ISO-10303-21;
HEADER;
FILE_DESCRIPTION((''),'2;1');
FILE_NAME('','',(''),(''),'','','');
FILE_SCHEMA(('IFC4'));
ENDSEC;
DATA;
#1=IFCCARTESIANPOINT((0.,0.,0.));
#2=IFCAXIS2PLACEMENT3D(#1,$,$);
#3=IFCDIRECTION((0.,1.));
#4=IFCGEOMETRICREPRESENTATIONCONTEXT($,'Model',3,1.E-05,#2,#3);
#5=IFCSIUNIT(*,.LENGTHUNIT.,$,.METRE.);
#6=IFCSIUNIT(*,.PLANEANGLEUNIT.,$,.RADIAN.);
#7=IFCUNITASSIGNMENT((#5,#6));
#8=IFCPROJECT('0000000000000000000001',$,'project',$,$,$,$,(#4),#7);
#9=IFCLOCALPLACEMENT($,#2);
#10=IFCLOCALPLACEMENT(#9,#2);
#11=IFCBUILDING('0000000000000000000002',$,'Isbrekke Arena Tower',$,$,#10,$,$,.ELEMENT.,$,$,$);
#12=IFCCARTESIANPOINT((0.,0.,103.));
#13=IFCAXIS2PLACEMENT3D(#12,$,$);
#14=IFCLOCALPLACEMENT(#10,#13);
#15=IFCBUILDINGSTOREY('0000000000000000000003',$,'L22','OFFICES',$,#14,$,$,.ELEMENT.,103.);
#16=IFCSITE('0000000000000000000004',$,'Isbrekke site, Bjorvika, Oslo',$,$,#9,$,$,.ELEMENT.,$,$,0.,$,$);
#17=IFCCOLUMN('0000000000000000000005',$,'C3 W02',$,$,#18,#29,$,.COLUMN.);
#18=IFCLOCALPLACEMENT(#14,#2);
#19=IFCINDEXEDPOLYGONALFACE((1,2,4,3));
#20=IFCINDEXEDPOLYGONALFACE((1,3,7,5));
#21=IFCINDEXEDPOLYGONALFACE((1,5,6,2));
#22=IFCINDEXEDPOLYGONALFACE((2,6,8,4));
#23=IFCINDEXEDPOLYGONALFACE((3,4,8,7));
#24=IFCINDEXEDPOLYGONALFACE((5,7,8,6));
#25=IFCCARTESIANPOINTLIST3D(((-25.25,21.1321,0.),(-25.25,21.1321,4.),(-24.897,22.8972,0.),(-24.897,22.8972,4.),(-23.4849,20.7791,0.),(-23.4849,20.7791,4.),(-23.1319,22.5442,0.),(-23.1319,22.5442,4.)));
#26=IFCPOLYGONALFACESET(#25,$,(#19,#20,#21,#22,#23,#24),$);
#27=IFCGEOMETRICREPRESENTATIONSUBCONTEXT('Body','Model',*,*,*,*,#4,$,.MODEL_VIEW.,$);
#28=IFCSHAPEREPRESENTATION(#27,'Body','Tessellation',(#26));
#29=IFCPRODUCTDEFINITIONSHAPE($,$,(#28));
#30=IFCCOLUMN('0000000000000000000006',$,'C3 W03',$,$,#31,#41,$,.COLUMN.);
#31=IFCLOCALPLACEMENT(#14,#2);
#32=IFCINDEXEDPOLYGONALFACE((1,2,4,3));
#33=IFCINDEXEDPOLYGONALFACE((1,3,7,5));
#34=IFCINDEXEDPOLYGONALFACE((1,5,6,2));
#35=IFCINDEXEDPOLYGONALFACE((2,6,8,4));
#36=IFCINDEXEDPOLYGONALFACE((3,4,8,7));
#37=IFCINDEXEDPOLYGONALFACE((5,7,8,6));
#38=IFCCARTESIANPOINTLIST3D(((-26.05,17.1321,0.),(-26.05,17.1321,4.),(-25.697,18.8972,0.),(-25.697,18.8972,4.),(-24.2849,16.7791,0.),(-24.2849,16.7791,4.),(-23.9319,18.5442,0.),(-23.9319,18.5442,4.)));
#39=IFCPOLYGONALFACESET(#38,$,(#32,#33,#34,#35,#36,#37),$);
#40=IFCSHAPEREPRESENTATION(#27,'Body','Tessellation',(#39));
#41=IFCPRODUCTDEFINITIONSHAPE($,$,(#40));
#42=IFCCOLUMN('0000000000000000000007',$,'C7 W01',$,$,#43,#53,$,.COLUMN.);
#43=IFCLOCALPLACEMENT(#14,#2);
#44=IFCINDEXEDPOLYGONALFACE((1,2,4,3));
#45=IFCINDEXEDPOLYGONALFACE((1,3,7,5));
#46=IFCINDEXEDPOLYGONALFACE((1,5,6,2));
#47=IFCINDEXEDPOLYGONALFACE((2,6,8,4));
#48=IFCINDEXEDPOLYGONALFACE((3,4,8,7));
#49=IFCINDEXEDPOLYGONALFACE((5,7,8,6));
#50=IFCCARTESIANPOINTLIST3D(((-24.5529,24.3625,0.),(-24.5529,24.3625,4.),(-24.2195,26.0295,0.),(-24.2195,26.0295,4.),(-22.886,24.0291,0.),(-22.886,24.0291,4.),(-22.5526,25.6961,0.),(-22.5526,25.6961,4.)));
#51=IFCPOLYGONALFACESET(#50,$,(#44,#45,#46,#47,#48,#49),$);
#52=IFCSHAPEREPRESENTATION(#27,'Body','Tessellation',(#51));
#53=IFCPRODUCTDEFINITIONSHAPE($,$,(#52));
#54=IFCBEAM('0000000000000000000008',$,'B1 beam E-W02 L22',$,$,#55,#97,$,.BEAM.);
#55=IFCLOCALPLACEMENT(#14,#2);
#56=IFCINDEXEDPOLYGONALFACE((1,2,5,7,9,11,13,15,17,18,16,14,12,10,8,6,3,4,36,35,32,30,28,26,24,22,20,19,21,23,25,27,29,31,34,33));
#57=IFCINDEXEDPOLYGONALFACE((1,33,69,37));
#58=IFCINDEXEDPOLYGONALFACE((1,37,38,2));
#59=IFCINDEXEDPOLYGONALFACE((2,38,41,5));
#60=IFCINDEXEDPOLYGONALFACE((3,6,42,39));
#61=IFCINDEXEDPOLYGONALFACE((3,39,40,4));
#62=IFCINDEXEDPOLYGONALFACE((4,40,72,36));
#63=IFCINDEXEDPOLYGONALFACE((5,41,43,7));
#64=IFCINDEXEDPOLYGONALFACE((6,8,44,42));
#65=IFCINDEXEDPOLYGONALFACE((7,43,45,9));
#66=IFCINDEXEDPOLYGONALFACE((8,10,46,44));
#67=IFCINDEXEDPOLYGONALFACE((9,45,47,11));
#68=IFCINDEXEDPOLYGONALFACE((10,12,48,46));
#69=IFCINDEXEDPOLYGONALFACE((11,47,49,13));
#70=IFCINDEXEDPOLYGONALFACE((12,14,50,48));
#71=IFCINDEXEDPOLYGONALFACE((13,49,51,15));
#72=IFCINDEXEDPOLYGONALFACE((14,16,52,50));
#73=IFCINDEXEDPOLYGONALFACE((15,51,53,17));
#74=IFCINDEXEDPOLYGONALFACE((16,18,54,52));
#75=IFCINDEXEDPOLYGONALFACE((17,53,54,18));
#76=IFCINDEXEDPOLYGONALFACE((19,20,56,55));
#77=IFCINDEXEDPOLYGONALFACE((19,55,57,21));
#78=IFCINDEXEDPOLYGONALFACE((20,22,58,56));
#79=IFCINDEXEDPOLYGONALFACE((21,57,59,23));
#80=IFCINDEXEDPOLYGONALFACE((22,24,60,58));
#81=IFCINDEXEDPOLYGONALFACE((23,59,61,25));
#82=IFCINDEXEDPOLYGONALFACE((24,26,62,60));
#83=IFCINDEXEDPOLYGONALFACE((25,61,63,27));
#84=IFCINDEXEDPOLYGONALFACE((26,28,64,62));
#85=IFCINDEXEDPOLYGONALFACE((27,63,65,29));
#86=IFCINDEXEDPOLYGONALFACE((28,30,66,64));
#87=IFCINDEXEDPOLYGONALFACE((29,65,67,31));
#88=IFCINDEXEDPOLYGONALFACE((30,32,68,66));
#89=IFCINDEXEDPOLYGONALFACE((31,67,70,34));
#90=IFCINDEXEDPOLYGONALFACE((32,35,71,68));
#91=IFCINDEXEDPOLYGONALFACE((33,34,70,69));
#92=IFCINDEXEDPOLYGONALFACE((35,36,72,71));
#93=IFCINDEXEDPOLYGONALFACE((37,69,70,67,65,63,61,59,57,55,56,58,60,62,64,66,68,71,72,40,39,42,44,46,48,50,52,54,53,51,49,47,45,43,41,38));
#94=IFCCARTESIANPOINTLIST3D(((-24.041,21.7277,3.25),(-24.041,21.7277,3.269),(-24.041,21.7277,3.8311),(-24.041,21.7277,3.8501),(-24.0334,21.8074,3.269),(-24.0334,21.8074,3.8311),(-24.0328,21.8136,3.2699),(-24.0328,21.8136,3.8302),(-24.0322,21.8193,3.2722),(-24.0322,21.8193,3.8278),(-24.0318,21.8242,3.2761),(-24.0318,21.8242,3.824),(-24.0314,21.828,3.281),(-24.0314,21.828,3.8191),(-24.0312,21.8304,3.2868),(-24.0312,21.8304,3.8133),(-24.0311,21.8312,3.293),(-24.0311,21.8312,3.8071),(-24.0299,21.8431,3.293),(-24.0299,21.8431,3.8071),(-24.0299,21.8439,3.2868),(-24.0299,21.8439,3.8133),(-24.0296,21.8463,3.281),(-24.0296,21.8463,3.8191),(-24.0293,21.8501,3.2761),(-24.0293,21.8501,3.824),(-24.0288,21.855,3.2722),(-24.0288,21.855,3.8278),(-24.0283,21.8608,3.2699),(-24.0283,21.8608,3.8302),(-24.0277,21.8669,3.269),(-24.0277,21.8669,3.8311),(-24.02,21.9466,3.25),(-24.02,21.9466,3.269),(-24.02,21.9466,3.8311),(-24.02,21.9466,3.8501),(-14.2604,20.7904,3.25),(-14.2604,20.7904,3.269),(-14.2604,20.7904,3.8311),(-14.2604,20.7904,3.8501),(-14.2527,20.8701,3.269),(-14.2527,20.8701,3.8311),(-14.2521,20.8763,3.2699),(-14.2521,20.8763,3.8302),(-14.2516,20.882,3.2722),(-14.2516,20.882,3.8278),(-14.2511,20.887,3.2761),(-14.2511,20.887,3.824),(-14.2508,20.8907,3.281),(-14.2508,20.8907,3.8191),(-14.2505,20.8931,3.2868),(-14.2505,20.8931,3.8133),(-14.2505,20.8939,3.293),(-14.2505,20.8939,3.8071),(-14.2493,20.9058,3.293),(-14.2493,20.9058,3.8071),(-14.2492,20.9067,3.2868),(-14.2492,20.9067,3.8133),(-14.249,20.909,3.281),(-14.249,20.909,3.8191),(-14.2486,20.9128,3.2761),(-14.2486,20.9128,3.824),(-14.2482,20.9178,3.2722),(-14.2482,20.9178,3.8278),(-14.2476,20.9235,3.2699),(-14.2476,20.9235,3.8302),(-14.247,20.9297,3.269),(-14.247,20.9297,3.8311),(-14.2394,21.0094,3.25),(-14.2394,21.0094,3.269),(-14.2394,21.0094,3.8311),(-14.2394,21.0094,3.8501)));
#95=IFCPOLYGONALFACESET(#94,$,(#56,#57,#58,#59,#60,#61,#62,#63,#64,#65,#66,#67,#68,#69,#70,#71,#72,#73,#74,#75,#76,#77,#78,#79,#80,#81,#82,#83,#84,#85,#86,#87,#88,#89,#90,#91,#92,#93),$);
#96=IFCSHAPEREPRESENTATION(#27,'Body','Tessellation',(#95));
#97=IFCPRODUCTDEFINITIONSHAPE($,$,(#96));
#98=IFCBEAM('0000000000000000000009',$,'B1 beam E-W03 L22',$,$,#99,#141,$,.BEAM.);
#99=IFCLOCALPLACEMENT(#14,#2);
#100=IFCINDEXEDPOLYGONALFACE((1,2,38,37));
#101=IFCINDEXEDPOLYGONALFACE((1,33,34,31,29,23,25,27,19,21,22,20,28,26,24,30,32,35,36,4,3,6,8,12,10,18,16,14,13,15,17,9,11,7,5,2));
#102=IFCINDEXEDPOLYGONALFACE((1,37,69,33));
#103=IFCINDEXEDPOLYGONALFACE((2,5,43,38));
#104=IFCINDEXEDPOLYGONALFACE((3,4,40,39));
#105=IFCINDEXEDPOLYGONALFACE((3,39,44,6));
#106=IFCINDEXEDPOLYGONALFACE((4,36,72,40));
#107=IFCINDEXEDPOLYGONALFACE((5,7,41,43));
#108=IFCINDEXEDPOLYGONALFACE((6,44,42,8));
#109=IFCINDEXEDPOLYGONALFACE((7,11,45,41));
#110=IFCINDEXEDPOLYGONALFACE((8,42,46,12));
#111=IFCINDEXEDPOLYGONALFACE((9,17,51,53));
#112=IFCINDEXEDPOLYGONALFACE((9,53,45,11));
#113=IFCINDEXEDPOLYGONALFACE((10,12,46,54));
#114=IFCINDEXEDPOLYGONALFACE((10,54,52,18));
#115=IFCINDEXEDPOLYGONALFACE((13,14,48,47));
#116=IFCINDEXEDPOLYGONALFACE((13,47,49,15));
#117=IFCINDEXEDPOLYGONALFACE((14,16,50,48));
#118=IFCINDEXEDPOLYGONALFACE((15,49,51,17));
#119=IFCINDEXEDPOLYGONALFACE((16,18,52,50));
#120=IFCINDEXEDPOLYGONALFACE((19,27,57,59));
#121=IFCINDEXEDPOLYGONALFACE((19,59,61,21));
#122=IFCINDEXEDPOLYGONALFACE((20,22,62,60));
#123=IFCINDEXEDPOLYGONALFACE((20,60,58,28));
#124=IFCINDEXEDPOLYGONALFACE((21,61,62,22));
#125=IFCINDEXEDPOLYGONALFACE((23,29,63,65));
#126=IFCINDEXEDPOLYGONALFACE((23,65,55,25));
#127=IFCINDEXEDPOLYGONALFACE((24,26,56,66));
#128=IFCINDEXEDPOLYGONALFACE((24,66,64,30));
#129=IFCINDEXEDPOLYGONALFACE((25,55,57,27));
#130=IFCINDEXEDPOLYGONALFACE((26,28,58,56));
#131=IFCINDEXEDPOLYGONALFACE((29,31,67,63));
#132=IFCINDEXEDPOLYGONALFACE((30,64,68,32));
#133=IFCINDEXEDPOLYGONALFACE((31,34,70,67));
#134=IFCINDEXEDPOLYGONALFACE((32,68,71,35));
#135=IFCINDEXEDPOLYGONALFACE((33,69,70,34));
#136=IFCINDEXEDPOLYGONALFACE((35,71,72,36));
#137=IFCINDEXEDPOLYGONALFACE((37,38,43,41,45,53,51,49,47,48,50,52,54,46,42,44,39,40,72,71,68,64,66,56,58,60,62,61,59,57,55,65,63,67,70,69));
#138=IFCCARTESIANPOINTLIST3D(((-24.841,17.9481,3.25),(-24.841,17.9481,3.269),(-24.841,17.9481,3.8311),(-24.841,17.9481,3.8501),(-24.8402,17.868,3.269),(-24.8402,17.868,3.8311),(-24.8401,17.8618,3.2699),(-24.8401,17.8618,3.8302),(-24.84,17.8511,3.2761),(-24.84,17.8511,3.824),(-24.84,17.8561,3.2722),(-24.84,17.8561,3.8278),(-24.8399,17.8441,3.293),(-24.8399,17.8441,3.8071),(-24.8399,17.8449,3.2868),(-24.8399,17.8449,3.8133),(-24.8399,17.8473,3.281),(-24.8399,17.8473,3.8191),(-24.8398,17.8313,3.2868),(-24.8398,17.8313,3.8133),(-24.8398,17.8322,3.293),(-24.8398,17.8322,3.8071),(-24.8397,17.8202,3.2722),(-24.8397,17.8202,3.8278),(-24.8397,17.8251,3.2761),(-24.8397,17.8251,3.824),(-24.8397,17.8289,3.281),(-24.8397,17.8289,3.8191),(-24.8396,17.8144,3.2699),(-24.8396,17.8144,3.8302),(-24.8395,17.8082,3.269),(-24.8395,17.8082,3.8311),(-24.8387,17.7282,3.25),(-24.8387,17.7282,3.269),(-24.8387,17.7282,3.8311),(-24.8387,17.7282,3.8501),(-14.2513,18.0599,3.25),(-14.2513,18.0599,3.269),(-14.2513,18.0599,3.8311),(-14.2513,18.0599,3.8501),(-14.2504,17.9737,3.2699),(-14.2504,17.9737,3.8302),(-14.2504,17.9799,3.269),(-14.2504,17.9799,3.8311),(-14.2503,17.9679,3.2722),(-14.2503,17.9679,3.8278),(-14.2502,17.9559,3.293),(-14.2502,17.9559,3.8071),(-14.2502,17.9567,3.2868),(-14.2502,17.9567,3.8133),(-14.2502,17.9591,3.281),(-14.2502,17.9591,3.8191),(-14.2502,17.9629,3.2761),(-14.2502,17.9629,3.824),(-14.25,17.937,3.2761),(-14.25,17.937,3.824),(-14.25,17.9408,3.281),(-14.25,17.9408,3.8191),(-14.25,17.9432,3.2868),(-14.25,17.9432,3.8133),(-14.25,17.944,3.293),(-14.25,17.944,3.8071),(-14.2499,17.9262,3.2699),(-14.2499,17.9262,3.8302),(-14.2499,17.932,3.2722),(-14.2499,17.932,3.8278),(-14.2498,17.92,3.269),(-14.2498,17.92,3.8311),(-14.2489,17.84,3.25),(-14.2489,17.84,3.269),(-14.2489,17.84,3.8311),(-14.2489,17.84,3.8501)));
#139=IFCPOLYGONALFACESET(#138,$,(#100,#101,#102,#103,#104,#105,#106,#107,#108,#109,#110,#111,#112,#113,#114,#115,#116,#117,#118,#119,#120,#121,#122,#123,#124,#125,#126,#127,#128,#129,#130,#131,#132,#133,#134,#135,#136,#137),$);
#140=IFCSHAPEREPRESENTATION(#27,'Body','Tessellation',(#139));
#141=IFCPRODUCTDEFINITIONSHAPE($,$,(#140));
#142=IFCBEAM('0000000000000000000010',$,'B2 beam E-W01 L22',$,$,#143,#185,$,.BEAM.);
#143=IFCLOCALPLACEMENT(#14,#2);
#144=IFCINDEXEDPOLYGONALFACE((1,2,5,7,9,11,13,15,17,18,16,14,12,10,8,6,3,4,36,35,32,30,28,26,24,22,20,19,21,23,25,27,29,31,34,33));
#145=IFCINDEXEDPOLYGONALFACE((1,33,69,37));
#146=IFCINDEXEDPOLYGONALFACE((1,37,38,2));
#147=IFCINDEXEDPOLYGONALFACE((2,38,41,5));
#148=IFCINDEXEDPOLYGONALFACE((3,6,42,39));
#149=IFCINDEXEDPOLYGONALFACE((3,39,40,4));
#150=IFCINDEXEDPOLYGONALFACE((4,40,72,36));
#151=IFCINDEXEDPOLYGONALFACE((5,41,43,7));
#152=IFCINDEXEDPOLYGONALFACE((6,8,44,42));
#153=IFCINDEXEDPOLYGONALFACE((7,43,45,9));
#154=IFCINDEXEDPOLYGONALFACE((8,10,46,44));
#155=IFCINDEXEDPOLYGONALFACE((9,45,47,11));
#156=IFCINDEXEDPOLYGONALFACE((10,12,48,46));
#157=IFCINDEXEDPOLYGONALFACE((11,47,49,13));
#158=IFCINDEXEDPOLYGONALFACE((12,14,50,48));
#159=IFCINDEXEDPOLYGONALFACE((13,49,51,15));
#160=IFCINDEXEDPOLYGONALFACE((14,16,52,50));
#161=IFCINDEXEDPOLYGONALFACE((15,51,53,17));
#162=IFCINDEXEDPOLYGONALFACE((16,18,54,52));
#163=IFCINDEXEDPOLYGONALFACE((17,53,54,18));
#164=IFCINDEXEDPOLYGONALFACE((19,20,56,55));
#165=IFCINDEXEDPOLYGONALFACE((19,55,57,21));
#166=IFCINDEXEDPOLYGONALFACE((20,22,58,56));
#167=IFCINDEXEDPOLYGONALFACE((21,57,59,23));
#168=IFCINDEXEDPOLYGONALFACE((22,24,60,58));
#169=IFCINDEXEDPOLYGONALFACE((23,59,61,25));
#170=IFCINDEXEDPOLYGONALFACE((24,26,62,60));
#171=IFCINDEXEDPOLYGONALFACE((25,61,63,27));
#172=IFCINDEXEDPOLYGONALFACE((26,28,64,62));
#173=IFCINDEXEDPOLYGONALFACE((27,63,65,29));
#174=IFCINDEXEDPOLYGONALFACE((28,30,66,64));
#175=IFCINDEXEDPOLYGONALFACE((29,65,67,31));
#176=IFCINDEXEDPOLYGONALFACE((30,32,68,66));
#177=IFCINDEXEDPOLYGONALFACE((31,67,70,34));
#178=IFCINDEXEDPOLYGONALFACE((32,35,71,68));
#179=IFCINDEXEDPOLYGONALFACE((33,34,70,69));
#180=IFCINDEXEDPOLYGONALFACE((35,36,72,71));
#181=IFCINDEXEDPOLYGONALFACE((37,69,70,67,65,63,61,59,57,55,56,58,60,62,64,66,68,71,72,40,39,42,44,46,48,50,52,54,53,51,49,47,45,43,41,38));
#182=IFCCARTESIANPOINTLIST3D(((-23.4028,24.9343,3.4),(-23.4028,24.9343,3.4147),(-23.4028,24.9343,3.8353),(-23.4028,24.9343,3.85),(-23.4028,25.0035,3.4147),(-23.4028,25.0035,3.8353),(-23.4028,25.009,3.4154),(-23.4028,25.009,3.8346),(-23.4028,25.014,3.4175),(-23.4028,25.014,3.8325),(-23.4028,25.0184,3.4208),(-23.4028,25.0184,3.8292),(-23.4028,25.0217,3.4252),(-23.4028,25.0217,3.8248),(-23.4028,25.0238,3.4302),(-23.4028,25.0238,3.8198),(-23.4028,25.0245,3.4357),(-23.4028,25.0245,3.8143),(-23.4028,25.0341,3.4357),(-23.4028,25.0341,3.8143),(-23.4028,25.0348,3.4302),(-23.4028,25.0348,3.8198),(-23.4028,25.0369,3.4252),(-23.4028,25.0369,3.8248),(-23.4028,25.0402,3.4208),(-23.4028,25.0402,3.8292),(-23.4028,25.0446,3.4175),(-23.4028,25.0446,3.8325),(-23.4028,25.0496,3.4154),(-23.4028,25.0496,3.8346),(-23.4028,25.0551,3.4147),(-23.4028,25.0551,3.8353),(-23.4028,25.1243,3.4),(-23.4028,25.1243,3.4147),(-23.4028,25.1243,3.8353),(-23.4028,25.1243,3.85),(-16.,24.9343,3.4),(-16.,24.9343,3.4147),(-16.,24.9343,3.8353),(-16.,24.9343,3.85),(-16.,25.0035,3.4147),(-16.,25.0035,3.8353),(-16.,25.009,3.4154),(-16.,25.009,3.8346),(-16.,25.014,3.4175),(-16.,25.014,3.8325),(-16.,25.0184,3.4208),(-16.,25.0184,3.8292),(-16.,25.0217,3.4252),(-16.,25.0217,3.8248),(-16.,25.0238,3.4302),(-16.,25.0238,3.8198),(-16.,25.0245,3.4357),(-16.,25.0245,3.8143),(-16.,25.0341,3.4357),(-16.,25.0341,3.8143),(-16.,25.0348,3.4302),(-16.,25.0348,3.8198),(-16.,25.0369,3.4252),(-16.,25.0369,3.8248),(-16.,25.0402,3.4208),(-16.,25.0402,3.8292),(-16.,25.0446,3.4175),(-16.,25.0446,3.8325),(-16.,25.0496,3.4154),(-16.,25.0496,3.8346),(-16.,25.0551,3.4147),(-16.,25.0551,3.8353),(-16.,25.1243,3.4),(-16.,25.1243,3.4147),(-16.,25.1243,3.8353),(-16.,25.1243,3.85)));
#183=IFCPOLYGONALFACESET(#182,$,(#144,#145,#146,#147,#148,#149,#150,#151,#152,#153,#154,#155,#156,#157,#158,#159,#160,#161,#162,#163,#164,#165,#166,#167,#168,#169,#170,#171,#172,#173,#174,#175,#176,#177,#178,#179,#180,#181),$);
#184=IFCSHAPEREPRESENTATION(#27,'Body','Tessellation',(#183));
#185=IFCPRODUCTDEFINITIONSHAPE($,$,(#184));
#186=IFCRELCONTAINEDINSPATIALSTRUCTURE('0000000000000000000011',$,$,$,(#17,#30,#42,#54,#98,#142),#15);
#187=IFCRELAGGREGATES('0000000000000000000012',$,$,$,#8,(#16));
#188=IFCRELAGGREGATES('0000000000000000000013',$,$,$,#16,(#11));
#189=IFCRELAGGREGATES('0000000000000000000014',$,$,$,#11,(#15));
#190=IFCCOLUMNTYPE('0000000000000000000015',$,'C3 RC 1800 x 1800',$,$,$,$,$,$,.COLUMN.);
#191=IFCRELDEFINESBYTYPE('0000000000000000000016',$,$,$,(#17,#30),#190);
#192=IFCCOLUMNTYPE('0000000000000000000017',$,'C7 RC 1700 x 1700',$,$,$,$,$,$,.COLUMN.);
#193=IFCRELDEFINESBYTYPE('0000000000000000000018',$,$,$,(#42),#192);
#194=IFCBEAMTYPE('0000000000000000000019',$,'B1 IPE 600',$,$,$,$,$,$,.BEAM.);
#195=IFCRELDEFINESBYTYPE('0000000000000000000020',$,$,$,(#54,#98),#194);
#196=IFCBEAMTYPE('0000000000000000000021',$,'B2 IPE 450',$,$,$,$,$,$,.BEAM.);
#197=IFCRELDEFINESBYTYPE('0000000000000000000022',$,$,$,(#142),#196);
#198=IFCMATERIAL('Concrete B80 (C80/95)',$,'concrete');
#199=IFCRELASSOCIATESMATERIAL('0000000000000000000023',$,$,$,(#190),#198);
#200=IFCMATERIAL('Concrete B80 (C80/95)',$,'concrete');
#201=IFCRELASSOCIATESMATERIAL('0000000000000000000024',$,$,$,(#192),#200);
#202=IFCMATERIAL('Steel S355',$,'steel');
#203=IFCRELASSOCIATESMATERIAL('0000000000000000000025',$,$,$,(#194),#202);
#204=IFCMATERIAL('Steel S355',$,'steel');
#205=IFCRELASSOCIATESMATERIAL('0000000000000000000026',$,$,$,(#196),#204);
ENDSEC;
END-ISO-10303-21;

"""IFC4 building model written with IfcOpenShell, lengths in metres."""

from ifc_helpers import new_model, si_unit, direction, frame, origin, origin_2d, place, context, subcontext, project, spatial, rectangle, i_section, extrude, material, material_profile, profile_set, type_object, element, save


model = new_model("IFC4")

# Units and contexts
model_context = context("Model", 3, precision=1e-05, world=origin(), true_north=direction((0.0, 1.0)))
body_context = subcontext(model_context, "Body", "Model", "MODEL_VIEW")
ifc_project = project(units=[si_unit("LENGTHUNIT", "METRE"), si_unit("PLANEANGLEUNIT", "RADIAN")], contexts=[model_context])

# Site, building, storey
site_placement = place(None, origin())
site = spatial("IfcSite", under=ifc_project, at=site_placement, Name="Isbrekke site, Bjorvika, Oslo", CompositionType="ELEMENT", RefElevation=0.0)
building_placement = place(site_placement, origin())
building = spatial("IfcBuilding", under=site, at=building_placement, Name="Isbrekke Arena Tower", CompositionType="ELEMENT")
storey_placement = place(building_placement, frame((0.0, 0.0, 103.0)))
storey = spatial("IfcBuildingStorey", under=building, at=storey_placement, Name="L22", Description="OFFICES", CompositionType="ELEMENT", Elevation=103.0)

# Columns
ifc_material_1 = material(Name="Concrete B80 (C80/95)", Category="concrete")
ifc_material_profile_1 = material_profile(ifc_material_1, rectangle(XDim=1.8, YDim=1.8, at=origin_2d()), Name="RC 1800x1800")
ifc_profile_set_1 = profile_set([ifc_material_profile_1], Name="Concrete B80 (C80/95)")
column_type_1 = type_object("IfcColumnType", Name="C3 RC 1800 x 1800", PredefinedType="COLUMN", material=ifc_profile_set_1)
for number, where, z_axis, x_axis, name in (
    (1, (-24.1909, 21.8381, 0.0), (0.0, 0.0, 1.0), (-0.196116, -0.980581, 0.0), "C3 W02"),
    (2, (-24.991, 17.8381, 0.0), (0.0, 0.0, 1.0), (-0.196116, -0.980581, 0.0), "C3 W03"),
):
    element("IfcColumn", number, at=place(storey_placement, frame(where, z_axis=z_axis, x_axis=x_axis)), inside=storey, type_object=column_type_1, Name=name, PredefinedType="COLUMN", context=body_context, shape_type="SweptSolid", body=[
        extrude(rectangle(XDim=1.8, YDim=1.8, at=origin_2d()), origin(), (0.0, 0.0, 1.0), 4.0),
    ])
ifc_material_2 = material(Name="Concrete B80 (C80/95)", Category="concrete")
ifc_material_profile_2 = material_profile(ifc_material_2, rectangle(XDim=1.7, YDim=1.7, at=origin_2d()), Name="RC 1700x1700")
ifc_profile_set_2 = profile_set([ifc_material_profile_2], Name="Concrete B80 (C80/95)")
column_type_2 = type_object("IfcColumnType", Name="C7 RC 1700 x 1700", PredefinedType="COLUMN", material=ifc_profile_set_2)
column_placement = place(storey_placement, frame((-23.5527, 25.0293, 0.0), z_axis=(0.0, 0.0, 1.0), x_axis=(-0.196116, -0.980581, 0.0)))
element("IfcColumn", 3, at=column_placement, inside=storey, type_object=column_type_2, Name="C7 W01", PredefinedType="COLUMN", context=body_context, shape_type="SweptSolid", body=[
    extrude(rectangle(XDim=1.7, YDim=1.7, at=origin_2d()), origin(), (0.0, 0.0, 1.0), 4.0),
])

# Beams
ifc_material_3 = material(Name="Steel S355", Category="steel")
ifc_material_profile_3 = material_profile(ifc_material_3, i_section(OverallWidth=0.22, OverallDepth=0.6001, WebThickness=0.012, FlangeThickness=0.019, FilletRadius=0.0239, at=origin_2d()), Name="IPE 600")
ifc_profile_set_3 = profile_set([ifc_material_profile_3], Name="Steel S355")
beam_type_1 = type_object("IfcBeamType", Name="B1 IPE 600", PredefinedType="BEAM", material=ifc_profile_set_3)
beam_1_placement = place(storey_placement, frame((-24.0305, 21.8372, 3.55), z_axis=(0.99544, -0.095392, 0.0), x_axis=(0.095392, 0.99544, 0.0)))
element("IfcBeam", 4, at=beam_1_placement, inside=storey, type_object=beam_type_1, Name="B1 beam E-W02 L22", PredefinedType="BEAM", context=body_context, shape_type="SweptSolid", body=[
    extrude(i_section(OverallWidth=0.22, OverallDepth=0.6001, WebThickness=0.012, FlangeThickness=0.019, FilletRadius=0.0239, at=origin_2d()), origin(), (0.0, 0.0, 1.0), 9.8254),
])
beam_2_placement = place(storey_placement, frame((-24.8398, 17.8381, 3.55), z_axis=(0.999944, 0.010558, 0.0), x_axis=(-0.010558, 0.999944, 0.0)))
element("IfcBeam", 5, at=beam_2_placement, inside=storey, type_object=beam_type_1, Name="B1 beam E-W03 L22", PredefinedType="BEAM", context=body_context, shape_type="SweptSolid", body=[
    extrude(i_section(OverallWidth=0.22, OverallDepth=0.6001, WebThickness=0.012, FlangeThickness=0.019, FilletRadius=0.0239, at=origin_2d()), origin(), (0.0, 0.0, 1.0), 10.5903),
])
ifc_material_4 = material(Name="Steel S355", Category="steel")
ifc_material_profile_4 = material_profile(ifc_material_4, i_section(OverallWidth=0.1899, OverallDepth=0.45, WebThickness=0.0095, FlangeThickness=0.0146, FilletRadius=0.021, at=origin_2d()), Name="IPE 450")
ifc_profile_set_4 = profile_set([ifc_material_profile_4], Name="Steel S355")
beam_type_2 = type_object("IfcBeamType", Name="B2 IPE 450", PredefinedType="BEAM", material=ifc_profile_set_4)
beam_3_placement = place(storey_placement, frame((-23.4028, 25.0293, 3.625), z_axis=(1.0, 0.0, 0.0), x_axis=(0.0, 1.0, 0.0)))
element("IfcBeam", 6, at=beam_3_placement, inside=storey, type_object=beam_type_2, Name="B2 beam E-W01 L22", PredefinedType="BEAM", context=body_context, shape_type="SweptSolid", body=[
    extrude(i_section(OverallWidth=0.1899, OverallDepth=0.45, WebThickness=0.0095, FlangeThickness=0.0146, FilletRadius=0.021, at=origin_2d()), origin(), (0.0, 0.0, 1.0), 7.4028),
])

save(model, "model.ifc")
